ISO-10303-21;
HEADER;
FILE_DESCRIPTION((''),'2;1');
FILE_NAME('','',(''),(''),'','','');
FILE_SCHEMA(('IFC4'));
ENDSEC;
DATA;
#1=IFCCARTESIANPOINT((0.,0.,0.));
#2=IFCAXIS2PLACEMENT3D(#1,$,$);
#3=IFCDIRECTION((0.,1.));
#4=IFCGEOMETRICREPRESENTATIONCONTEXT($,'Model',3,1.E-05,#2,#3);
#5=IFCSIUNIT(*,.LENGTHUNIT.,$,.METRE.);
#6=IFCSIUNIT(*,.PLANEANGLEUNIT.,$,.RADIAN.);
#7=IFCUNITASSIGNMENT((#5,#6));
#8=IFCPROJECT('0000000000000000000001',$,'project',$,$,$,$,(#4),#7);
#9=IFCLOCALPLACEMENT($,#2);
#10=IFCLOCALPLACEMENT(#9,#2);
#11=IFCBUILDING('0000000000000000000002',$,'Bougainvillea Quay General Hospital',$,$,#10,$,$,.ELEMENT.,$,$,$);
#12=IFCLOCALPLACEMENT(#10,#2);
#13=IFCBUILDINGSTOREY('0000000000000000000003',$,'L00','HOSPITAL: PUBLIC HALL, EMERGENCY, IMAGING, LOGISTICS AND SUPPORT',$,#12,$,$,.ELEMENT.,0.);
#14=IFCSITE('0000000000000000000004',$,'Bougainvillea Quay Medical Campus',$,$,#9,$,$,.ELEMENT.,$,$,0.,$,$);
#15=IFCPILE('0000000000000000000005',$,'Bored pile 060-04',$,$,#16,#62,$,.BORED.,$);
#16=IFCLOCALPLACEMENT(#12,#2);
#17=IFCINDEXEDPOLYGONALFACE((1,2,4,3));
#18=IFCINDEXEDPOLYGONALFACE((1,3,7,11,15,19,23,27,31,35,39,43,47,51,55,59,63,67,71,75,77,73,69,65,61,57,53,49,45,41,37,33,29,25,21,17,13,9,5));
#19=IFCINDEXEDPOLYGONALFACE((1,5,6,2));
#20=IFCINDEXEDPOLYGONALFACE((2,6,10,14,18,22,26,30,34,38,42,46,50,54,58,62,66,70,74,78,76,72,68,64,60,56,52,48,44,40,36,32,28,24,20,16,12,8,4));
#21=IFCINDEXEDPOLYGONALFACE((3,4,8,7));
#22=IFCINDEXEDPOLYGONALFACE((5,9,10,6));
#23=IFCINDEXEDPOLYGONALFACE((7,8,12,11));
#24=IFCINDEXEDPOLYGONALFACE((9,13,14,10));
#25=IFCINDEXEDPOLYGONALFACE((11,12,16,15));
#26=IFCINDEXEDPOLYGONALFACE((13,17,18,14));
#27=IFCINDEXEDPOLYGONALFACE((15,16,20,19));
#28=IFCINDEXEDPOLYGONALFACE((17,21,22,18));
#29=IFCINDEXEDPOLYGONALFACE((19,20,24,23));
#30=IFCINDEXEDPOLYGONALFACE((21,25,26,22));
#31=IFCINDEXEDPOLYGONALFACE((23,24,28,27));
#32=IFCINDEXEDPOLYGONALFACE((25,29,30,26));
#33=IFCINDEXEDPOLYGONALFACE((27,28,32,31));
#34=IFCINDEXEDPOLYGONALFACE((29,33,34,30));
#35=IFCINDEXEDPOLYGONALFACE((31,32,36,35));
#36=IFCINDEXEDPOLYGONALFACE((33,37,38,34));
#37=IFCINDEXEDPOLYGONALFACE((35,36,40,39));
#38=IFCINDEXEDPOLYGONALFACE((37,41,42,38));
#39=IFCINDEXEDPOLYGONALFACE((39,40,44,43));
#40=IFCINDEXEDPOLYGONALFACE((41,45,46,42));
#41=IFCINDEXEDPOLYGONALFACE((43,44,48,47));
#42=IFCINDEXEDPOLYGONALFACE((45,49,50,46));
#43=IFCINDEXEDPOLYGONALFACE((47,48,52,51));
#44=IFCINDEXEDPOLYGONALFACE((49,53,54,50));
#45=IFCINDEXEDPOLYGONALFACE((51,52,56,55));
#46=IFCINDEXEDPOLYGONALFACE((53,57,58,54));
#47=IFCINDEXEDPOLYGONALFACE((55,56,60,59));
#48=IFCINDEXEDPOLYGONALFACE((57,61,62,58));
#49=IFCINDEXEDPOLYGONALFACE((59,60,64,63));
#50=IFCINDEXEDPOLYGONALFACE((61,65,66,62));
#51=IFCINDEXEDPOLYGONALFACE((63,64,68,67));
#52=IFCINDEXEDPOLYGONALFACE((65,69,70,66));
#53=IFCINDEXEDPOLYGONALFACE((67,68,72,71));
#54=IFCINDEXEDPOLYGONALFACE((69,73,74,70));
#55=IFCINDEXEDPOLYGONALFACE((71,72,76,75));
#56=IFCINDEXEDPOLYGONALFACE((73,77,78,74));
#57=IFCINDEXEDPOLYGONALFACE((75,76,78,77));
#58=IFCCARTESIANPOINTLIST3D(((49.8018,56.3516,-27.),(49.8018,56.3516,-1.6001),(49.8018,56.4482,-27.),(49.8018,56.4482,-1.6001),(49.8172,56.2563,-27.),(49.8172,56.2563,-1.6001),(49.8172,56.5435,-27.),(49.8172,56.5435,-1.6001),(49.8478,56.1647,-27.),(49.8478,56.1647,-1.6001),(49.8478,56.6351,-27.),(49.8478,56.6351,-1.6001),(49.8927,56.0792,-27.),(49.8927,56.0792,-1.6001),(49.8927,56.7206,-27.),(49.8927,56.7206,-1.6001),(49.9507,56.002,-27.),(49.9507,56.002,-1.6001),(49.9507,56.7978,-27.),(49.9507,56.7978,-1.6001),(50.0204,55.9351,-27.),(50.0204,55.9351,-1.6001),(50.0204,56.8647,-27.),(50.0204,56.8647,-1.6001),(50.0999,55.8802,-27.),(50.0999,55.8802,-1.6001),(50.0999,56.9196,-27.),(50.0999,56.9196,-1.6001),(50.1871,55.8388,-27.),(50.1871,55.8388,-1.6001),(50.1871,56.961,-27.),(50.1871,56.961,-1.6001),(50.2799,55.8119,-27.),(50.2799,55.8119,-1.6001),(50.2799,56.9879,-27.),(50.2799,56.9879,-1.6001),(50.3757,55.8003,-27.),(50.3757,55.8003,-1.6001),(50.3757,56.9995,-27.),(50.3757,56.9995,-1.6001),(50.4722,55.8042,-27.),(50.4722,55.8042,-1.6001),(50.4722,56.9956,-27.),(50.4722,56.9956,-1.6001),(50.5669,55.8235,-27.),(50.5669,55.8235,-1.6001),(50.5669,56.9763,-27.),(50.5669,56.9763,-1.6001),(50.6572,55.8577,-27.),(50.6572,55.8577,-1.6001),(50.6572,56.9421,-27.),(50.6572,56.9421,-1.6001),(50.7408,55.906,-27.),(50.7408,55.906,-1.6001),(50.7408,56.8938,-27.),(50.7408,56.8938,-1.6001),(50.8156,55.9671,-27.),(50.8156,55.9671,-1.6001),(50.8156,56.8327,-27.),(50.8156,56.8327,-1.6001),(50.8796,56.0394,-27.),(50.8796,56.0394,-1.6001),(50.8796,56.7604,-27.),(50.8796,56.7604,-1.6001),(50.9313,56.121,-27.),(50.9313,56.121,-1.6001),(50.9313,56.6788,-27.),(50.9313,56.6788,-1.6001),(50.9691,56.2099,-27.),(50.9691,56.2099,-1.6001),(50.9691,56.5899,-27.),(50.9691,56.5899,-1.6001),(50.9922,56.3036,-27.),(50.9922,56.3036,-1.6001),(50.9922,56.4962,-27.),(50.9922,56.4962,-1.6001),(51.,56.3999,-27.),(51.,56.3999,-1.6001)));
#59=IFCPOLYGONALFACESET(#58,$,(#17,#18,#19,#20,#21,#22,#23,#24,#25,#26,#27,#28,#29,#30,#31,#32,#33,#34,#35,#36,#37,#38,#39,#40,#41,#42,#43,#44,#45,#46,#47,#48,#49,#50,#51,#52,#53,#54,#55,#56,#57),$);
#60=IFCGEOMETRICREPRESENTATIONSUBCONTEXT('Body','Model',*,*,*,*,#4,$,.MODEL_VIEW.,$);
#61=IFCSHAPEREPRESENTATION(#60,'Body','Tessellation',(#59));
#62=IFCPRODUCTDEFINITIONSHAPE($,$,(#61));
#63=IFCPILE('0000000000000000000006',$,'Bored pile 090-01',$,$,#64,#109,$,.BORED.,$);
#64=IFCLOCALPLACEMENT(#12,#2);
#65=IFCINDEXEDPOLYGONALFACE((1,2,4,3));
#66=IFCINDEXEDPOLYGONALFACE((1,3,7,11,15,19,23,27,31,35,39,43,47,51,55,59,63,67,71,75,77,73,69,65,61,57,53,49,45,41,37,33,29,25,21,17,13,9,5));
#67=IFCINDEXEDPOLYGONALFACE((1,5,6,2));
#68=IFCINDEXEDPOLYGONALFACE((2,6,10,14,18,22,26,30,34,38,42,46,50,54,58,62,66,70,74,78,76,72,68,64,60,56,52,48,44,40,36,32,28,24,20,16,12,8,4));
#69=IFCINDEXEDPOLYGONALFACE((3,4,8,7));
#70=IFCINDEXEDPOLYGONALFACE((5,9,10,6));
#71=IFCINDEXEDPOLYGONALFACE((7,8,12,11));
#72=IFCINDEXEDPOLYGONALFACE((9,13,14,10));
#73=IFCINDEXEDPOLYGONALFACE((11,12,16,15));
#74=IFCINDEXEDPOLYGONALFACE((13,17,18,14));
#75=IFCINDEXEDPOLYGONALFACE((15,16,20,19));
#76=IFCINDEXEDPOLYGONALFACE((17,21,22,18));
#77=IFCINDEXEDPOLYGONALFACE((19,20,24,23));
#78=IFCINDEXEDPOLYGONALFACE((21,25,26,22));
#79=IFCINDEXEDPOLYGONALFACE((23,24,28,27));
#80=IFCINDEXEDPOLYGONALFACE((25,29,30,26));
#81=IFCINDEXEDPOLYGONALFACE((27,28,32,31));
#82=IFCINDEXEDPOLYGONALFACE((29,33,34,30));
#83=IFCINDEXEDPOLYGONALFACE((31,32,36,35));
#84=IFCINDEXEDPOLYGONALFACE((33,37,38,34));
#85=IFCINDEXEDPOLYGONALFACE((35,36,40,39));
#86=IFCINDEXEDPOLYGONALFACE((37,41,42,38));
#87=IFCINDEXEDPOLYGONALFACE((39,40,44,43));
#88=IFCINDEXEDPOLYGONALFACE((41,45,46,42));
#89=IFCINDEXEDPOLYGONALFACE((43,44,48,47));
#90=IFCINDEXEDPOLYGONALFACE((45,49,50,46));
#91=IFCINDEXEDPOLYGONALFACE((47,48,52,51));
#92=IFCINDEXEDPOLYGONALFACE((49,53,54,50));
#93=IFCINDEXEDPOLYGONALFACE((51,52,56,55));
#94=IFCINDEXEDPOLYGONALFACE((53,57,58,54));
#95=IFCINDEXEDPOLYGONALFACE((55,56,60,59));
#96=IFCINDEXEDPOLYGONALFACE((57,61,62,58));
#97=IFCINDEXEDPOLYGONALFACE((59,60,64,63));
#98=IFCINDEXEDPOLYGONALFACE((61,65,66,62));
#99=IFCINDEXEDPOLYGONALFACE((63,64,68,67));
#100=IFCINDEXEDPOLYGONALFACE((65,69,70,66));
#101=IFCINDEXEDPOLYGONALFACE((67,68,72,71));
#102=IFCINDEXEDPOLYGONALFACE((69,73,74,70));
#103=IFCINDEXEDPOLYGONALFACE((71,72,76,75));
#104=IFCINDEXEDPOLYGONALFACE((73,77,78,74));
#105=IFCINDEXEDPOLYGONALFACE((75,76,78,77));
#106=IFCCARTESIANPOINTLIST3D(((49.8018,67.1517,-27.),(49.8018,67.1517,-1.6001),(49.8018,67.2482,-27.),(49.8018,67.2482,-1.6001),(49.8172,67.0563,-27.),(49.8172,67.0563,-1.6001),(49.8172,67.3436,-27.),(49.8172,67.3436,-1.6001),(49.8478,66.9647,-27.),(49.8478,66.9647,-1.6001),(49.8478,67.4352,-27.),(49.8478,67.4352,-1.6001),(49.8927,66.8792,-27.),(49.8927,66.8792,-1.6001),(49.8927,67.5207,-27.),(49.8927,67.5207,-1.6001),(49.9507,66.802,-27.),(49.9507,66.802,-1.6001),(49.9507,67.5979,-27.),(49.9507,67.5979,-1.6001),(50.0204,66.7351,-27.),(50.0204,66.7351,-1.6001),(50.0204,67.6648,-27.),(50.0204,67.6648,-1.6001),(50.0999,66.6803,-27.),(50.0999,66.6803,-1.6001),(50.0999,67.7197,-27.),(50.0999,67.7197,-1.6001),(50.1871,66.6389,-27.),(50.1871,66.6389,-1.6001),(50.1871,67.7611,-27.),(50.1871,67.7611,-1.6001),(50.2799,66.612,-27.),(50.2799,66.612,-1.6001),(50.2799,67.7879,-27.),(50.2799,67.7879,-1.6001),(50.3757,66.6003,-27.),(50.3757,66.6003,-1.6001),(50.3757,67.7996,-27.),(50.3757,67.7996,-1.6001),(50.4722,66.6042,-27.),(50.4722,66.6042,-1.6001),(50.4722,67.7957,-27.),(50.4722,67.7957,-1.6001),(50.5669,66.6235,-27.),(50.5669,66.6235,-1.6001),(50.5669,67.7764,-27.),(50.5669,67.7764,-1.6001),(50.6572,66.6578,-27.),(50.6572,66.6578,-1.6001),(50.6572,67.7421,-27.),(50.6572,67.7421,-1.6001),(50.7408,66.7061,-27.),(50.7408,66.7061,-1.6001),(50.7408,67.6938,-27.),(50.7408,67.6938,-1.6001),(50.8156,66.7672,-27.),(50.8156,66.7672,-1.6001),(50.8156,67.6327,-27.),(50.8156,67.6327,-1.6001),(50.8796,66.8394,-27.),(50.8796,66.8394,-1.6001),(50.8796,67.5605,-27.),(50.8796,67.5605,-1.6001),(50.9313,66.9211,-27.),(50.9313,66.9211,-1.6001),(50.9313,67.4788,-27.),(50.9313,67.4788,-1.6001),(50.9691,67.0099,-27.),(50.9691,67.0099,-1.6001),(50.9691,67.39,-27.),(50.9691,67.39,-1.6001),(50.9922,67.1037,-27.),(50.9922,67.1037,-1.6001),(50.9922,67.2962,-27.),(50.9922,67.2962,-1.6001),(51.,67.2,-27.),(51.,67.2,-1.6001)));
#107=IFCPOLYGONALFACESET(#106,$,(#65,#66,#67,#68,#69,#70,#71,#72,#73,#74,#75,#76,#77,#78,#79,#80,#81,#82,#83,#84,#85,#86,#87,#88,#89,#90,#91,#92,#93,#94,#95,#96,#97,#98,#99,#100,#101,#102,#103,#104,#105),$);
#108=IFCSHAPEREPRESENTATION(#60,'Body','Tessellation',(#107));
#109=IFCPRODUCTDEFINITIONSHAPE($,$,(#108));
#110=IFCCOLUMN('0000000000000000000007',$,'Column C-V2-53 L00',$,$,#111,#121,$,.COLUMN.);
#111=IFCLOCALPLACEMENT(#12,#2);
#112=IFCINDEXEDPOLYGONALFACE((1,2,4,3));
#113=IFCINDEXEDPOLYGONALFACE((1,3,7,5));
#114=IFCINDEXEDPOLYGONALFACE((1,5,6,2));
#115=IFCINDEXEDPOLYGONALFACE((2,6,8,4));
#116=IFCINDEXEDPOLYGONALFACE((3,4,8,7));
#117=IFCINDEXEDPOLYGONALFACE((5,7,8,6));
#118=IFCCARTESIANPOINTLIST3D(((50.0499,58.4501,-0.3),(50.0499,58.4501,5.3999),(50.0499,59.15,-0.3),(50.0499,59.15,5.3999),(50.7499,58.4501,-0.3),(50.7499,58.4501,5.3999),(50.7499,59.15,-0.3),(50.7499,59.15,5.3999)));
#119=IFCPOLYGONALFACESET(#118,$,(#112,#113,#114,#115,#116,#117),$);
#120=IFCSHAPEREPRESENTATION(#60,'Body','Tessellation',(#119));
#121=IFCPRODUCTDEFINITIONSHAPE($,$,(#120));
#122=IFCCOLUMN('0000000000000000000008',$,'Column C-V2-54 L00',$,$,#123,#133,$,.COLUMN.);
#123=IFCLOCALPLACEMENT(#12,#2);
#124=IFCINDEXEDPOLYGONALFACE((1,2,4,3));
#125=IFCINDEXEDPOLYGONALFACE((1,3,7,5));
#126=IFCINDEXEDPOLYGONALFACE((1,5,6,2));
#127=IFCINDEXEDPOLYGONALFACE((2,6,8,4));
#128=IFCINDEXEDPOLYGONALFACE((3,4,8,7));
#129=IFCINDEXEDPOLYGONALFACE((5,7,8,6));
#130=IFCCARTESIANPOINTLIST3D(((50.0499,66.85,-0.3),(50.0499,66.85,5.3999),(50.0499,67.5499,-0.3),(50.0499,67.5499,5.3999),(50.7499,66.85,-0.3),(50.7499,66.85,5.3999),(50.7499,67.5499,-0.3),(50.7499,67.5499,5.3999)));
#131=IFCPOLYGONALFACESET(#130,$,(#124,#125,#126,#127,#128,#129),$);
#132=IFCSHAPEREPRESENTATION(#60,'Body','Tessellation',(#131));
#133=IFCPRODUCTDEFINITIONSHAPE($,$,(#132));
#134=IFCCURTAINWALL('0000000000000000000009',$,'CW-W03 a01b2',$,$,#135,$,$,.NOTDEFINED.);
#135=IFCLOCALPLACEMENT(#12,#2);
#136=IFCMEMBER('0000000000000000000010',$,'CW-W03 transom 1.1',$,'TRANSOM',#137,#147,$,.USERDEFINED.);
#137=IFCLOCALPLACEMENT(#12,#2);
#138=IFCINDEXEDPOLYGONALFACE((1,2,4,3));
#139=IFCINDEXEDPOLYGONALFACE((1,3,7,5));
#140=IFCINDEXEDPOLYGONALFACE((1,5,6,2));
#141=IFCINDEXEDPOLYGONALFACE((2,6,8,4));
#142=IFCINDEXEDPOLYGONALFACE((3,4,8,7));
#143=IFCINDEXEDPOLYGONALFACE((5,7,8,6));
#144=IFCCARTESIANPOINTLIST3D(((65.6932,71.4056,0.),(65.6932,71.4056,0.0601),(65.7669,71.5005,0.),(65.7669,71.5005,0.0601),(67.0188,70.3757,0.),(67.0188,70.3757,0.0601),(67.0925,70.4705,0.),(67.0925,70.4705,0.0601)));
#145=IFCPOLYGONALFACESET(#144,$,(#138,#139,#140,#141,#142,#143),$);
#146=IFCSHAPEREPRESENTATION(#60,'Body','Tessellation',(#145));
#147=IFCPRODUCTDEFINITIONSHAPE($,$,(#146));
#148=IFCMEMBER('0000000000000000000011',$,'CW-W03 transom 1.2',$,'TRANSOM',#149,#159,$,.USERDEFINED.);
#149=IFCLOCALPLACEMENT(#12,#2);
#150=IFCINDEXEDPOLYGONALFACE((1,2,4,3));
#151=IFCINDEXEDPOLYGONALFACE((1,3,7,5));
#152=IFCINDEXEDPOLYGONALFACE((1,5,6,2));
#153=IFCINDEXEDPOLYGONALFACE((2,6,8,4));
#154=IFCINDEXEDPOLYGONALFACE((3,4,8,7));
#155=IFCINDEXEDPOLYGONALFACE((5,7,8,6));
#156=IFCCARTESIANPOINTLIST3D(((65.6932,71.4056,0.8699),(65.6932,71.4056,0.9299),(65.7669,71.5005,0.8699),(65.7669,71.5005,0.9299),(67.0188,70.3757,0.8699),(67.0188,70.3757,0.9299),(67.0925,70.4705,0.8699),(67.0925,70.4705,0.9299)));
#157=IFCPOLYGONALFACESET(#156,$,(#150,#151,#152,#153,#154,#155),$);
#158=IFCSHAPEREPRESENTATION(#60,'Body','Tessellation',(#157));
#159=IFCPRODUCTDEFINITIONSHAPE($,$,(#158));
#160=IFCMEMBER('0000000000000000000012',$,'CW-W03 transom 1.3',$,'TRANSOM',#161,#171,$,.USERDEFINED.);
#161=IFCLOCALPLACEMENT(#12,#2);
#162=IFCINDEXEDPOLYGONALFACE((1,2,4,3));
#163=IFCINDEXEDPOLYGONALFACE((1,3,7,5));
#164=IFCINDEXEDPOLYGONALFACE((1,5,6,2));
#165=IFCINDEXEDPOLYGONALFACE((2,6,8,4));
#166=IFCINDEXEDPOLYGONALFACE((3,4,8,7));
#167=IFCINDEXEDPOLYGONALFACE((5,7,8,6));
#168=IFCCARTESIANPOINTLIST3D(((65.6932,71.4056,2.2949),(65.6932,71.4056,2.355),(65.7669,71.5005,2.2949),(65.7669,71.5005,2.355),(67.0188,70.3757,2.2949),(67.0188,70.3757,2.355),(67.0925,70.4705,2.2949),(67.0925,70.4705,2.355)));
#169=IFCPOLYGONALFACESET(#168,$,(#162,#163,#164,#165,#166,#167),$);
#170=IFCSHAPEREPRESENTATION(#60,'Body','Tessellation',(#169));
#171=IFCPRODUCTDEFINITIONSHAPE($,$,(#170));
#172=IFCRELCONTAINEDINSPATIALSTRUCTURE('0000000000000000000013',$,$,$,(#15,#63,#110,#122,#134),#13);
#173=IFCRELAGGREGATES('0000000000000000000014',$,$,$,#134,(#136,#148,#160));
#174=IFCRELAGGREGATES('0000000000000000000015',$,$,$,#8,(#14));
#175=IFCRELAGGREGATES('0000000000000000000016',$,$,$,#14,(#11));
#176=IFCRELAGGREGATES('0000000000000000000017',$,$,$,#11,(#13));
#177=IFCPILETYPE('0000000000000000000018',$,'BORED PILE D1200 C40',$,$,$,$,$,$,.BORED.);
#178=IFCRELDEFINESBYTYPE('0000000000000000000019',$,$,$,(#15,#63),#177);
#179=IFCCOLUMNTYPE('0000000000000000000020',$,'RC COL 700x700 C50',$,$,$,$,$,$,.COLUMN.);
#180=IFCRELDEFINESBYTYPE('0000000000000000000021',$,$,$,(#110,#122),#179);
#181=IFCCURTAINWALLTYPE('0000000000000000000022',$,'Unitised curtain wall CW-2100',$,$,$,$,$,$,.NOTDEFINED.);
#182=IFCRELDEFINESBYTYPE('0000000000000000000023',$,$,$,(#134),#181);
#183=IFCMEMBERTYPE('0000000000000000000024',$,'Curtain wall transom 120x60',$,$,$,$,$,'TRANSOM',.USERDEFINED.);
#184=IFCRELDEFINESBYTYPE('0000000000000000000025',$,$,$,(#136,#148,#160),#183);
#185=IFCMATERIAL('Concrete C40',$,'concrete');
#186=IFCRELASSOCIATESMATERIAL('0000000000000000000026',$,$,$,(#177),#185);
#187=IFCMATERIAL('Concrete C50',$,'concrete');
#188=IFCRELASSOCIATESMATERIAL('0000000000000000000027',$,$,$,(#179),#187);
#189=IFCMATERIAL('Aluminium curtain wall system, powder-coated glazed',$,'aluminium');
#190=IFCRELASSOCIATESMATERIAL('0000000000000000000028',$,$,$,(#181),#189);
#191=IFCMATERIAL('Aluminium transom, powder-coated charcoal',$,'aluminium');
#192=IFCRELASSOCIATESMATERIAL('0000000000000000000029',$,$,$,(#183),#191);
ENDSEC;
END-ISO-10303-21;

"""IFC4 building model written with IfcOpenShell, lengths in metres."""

from ifc_helpers import new_model, si_unit, direction, frame, origin, origin_2d, place, context, subcontext, project, spatial, rectangle, circle, extrude, material, material_profile, profile_set, type_object, element, aggregate, save


model = new_model("IFC4")

# Units and contexts
model_context = context("Model", 3, precision=1e-05, world=origin(), true_north=direction((0.0, 1.0)))
body_context = subcontext(model_context, "Body", "Model", "MODEL_VIEW")
ifc_project = project(units=[si_unit("LENGTHUNIT", "METRE"), si_unit("PLANEANGLEUNIT", "RADIAN")], contexts=[model_context])

# Site, building, storey
site_placement = place(None, origin())
site = spatial("IfcSite", under=ifc_project, at=site_placement, Name="Bougainvillea Quay Medical Campus", CompositionType="ELEMENT", RefElevation=0.0)
building_placement = place(site_placement, origin())
building = spatial("IfcBuilding", under=site, at=building_placement, Name="Bougainvillea Quay General Hospital", CompositionType="ELEMENT")
storey_placement = place(building_placement, origin())
storey = spatial("IfcBuildingStorey", under=building, at=storey_placement, Name="L00", Description="HOSPITAL: PUBLIC HALL, EMERGENCY, IMAGING, LOGISTICS AND SUPPORT", CompositionType="ELEMENT", Elevation=0.0)

# Piles
ifc_material_1 = material(Name="Concrete C40", Category="concrete")
ifc_material_profile_1 = material_profile(ifc_material_1, circle(Radius=0.6001, at=origin_2d()))
ifc_profile_set_1 = profile_set([ifc_material_profile_1], Name="Concrete C40")
pile_type = type_object("IfcPileType", Name="BORED PILE D1200 C40", PredefinedType="BORED", material=ifc_profile_set_1)
for number, where, z_axis, x_axis, name in (
    (1, (50.3999, 56.3999, -1.6001), (0.0, 0.0, -1.0), (1.0, 0.0, 0.0), "Bored pile 060-04"),
    (2, (50.3999, 67.2, -1.6001), (0.0, 0.0, -1.0), (1.0, 0.0, 0.0), "Bored pile 090-01"),
):
    element("IfcPile", number, at=place(storey_placement, frame(where, z_axis=z_axis, x_axis=x_axis)), inside=storey, type_object=pile_type, Name=name, PredefinedType="BORED", context=body_context, shape_type="SweptSolid", body=[
        extrude(circle(Radius=0.6001, at=origin_2d()), origin(), (0.0, 0.0, 1.0), 25.3999),
    ])

# Columns
ifc_material_2 = material(Name="Concrete C50", Category="concrete")
ifc_material_profile_2 = material_profile(ifc_material_2, rectangle(XDim=0.7, YDim=0.7, at=origin_2d()))
ifc_profile_set_2 = profile_set([ifc_material_profile_2], Name="Concrete C50")
column_type = type_object("IfcColumnType", Name="RC COL 700x700 C50", PredefinedType="COLUMN", material=ifc_profile_set_2)
for number, where, z_axis, x_axis, name in (
    (3, (50.3999, 58.8, -0.3), (0.0, 0.0, 1.0), (1.0, 0.0, 0.0), "Column C-V2-53 L00"),
    (4, (50.3999, 67.2, -0.3), (0.0, 0.0, 1.0), (1.0, 0.0, 0.0), "Column C-V2-54 L00"),
):
    element("IfcColumn", number, at=place(storey_placement, frame(where, z_axis=z_axis, x_axis=x_axis)), inside=storey, type_object=column_type, Name=name, PredefinedType="COLUMN", context=body_context, shape_type="SweptSolid", body=[
        extrude(rectangle(XDim=0.7, YDim=0.7, at=origin_2d()), origin(), (0.0, 0.0, 1.0), 5.7),
    ])

# Curtain wall, members
ifc_material_3 = material(Name="Aluminium curtain wall system, powder-coated glazed", Category="aluminium")
curtain_wall_type = type_object("IfcCurtainWallType", Name="Unitised curtain wall CW-2100", PredefinedType="NOTDEFINED", material=ifc_material_3)
curtain_wall_placement = place(storey_placement, origin())
curtain_wall = element("IfcCurtainWall", 5, at=curtain_wall_placement, inside=storey, type_object=curtain_wall_type, Name="CW-W03 a01b2", PredefinedType="NOTDEFINED")
ifc_material_4 = material(Name="Aluminium transom, powder-coated charcoal", Category="aluminium")
ifc_material_profile_3 = material_profile(ifc_material_4, rectangle(XDim=0.1201, YDim=0.0601, at=origin_2d()))
ifc_profile_set_3 = profile_set([ifc_material_profile_3], Name="Aluminium transom, powder-coated charcoal")
member_type = type_object("IfcMemberType", Name="Curtain wall transom 120x60", ElementType="TRANSOM", PredefinedType="USERDEFINED", material=ifc_profile_set_3)
member_1_placement = place(storey_placement, frame((67.0557, 70.4231, 0.03), z_axis=(-0.789658, 0.613548, 0.0), x_axis=(-0.613548, -0.789658, 0.0)))
member_1 = element("IfcMember", 6, at=member_1_placement, type_object=member_type, Name="CW-W03 transom 1.1", ObjectType="TRANSOM", PredefinedType="USERDEFINED", context=body_context, shape_type="SweptSolid", body=[
    extrude(rectangle(XDim=0.1201, YDim=0.0601, at=origin_2d()), origin(), (0.0, 0.0, 1.0), 1.6787),
])
member_2_placement = place(storey_placement, frame((67.0557, 70.4231, 0.8999), z_axis=(-0.789658, 0.613548, 0.0), x_axis=(-0.613548, -0.789658, 0.0)))
member_2 = element("IfcMember", 7, at=member_2_placement, type_object=member_type, Name="CW-W03 transom 1.2", ObjectType="TRANSOM", PredefinedType="USERDEFINED", context=body_context, shape_type="SweptSolid", body=[
    extrude(rectangle(XDim=0.1201, YDim=0.0601, at=origin_2d()), origin(), (0.0, 0.0, 1.0), 1.6787),
])
member_3_placement = place(storey_placement, frame((67.0557, 70.4231, 2.325), z_axis=(-0.789658, 0.613548, 0.0), x_axis=(-0.613548, -0.789658, 0.0)))
member_3 = element("IfcMember", 8, at=member_3_placement, type_object=member_type, Name="CW-W03 transom 1.3", ObjectType="TRANSOM", PredefinedType="USERDEFINED", context=body_context, shape_type="SweptSolid", body=[
    extrude(rectangle(XDim=0.1201, YDim=0.0601, at=origin_2d()), origin(), (0.0, 0.0, 1.0), 1.6787),
])
aggregate(curtain_wall, [member_1, member_2, member_3])

save(model, "model.ifc")
